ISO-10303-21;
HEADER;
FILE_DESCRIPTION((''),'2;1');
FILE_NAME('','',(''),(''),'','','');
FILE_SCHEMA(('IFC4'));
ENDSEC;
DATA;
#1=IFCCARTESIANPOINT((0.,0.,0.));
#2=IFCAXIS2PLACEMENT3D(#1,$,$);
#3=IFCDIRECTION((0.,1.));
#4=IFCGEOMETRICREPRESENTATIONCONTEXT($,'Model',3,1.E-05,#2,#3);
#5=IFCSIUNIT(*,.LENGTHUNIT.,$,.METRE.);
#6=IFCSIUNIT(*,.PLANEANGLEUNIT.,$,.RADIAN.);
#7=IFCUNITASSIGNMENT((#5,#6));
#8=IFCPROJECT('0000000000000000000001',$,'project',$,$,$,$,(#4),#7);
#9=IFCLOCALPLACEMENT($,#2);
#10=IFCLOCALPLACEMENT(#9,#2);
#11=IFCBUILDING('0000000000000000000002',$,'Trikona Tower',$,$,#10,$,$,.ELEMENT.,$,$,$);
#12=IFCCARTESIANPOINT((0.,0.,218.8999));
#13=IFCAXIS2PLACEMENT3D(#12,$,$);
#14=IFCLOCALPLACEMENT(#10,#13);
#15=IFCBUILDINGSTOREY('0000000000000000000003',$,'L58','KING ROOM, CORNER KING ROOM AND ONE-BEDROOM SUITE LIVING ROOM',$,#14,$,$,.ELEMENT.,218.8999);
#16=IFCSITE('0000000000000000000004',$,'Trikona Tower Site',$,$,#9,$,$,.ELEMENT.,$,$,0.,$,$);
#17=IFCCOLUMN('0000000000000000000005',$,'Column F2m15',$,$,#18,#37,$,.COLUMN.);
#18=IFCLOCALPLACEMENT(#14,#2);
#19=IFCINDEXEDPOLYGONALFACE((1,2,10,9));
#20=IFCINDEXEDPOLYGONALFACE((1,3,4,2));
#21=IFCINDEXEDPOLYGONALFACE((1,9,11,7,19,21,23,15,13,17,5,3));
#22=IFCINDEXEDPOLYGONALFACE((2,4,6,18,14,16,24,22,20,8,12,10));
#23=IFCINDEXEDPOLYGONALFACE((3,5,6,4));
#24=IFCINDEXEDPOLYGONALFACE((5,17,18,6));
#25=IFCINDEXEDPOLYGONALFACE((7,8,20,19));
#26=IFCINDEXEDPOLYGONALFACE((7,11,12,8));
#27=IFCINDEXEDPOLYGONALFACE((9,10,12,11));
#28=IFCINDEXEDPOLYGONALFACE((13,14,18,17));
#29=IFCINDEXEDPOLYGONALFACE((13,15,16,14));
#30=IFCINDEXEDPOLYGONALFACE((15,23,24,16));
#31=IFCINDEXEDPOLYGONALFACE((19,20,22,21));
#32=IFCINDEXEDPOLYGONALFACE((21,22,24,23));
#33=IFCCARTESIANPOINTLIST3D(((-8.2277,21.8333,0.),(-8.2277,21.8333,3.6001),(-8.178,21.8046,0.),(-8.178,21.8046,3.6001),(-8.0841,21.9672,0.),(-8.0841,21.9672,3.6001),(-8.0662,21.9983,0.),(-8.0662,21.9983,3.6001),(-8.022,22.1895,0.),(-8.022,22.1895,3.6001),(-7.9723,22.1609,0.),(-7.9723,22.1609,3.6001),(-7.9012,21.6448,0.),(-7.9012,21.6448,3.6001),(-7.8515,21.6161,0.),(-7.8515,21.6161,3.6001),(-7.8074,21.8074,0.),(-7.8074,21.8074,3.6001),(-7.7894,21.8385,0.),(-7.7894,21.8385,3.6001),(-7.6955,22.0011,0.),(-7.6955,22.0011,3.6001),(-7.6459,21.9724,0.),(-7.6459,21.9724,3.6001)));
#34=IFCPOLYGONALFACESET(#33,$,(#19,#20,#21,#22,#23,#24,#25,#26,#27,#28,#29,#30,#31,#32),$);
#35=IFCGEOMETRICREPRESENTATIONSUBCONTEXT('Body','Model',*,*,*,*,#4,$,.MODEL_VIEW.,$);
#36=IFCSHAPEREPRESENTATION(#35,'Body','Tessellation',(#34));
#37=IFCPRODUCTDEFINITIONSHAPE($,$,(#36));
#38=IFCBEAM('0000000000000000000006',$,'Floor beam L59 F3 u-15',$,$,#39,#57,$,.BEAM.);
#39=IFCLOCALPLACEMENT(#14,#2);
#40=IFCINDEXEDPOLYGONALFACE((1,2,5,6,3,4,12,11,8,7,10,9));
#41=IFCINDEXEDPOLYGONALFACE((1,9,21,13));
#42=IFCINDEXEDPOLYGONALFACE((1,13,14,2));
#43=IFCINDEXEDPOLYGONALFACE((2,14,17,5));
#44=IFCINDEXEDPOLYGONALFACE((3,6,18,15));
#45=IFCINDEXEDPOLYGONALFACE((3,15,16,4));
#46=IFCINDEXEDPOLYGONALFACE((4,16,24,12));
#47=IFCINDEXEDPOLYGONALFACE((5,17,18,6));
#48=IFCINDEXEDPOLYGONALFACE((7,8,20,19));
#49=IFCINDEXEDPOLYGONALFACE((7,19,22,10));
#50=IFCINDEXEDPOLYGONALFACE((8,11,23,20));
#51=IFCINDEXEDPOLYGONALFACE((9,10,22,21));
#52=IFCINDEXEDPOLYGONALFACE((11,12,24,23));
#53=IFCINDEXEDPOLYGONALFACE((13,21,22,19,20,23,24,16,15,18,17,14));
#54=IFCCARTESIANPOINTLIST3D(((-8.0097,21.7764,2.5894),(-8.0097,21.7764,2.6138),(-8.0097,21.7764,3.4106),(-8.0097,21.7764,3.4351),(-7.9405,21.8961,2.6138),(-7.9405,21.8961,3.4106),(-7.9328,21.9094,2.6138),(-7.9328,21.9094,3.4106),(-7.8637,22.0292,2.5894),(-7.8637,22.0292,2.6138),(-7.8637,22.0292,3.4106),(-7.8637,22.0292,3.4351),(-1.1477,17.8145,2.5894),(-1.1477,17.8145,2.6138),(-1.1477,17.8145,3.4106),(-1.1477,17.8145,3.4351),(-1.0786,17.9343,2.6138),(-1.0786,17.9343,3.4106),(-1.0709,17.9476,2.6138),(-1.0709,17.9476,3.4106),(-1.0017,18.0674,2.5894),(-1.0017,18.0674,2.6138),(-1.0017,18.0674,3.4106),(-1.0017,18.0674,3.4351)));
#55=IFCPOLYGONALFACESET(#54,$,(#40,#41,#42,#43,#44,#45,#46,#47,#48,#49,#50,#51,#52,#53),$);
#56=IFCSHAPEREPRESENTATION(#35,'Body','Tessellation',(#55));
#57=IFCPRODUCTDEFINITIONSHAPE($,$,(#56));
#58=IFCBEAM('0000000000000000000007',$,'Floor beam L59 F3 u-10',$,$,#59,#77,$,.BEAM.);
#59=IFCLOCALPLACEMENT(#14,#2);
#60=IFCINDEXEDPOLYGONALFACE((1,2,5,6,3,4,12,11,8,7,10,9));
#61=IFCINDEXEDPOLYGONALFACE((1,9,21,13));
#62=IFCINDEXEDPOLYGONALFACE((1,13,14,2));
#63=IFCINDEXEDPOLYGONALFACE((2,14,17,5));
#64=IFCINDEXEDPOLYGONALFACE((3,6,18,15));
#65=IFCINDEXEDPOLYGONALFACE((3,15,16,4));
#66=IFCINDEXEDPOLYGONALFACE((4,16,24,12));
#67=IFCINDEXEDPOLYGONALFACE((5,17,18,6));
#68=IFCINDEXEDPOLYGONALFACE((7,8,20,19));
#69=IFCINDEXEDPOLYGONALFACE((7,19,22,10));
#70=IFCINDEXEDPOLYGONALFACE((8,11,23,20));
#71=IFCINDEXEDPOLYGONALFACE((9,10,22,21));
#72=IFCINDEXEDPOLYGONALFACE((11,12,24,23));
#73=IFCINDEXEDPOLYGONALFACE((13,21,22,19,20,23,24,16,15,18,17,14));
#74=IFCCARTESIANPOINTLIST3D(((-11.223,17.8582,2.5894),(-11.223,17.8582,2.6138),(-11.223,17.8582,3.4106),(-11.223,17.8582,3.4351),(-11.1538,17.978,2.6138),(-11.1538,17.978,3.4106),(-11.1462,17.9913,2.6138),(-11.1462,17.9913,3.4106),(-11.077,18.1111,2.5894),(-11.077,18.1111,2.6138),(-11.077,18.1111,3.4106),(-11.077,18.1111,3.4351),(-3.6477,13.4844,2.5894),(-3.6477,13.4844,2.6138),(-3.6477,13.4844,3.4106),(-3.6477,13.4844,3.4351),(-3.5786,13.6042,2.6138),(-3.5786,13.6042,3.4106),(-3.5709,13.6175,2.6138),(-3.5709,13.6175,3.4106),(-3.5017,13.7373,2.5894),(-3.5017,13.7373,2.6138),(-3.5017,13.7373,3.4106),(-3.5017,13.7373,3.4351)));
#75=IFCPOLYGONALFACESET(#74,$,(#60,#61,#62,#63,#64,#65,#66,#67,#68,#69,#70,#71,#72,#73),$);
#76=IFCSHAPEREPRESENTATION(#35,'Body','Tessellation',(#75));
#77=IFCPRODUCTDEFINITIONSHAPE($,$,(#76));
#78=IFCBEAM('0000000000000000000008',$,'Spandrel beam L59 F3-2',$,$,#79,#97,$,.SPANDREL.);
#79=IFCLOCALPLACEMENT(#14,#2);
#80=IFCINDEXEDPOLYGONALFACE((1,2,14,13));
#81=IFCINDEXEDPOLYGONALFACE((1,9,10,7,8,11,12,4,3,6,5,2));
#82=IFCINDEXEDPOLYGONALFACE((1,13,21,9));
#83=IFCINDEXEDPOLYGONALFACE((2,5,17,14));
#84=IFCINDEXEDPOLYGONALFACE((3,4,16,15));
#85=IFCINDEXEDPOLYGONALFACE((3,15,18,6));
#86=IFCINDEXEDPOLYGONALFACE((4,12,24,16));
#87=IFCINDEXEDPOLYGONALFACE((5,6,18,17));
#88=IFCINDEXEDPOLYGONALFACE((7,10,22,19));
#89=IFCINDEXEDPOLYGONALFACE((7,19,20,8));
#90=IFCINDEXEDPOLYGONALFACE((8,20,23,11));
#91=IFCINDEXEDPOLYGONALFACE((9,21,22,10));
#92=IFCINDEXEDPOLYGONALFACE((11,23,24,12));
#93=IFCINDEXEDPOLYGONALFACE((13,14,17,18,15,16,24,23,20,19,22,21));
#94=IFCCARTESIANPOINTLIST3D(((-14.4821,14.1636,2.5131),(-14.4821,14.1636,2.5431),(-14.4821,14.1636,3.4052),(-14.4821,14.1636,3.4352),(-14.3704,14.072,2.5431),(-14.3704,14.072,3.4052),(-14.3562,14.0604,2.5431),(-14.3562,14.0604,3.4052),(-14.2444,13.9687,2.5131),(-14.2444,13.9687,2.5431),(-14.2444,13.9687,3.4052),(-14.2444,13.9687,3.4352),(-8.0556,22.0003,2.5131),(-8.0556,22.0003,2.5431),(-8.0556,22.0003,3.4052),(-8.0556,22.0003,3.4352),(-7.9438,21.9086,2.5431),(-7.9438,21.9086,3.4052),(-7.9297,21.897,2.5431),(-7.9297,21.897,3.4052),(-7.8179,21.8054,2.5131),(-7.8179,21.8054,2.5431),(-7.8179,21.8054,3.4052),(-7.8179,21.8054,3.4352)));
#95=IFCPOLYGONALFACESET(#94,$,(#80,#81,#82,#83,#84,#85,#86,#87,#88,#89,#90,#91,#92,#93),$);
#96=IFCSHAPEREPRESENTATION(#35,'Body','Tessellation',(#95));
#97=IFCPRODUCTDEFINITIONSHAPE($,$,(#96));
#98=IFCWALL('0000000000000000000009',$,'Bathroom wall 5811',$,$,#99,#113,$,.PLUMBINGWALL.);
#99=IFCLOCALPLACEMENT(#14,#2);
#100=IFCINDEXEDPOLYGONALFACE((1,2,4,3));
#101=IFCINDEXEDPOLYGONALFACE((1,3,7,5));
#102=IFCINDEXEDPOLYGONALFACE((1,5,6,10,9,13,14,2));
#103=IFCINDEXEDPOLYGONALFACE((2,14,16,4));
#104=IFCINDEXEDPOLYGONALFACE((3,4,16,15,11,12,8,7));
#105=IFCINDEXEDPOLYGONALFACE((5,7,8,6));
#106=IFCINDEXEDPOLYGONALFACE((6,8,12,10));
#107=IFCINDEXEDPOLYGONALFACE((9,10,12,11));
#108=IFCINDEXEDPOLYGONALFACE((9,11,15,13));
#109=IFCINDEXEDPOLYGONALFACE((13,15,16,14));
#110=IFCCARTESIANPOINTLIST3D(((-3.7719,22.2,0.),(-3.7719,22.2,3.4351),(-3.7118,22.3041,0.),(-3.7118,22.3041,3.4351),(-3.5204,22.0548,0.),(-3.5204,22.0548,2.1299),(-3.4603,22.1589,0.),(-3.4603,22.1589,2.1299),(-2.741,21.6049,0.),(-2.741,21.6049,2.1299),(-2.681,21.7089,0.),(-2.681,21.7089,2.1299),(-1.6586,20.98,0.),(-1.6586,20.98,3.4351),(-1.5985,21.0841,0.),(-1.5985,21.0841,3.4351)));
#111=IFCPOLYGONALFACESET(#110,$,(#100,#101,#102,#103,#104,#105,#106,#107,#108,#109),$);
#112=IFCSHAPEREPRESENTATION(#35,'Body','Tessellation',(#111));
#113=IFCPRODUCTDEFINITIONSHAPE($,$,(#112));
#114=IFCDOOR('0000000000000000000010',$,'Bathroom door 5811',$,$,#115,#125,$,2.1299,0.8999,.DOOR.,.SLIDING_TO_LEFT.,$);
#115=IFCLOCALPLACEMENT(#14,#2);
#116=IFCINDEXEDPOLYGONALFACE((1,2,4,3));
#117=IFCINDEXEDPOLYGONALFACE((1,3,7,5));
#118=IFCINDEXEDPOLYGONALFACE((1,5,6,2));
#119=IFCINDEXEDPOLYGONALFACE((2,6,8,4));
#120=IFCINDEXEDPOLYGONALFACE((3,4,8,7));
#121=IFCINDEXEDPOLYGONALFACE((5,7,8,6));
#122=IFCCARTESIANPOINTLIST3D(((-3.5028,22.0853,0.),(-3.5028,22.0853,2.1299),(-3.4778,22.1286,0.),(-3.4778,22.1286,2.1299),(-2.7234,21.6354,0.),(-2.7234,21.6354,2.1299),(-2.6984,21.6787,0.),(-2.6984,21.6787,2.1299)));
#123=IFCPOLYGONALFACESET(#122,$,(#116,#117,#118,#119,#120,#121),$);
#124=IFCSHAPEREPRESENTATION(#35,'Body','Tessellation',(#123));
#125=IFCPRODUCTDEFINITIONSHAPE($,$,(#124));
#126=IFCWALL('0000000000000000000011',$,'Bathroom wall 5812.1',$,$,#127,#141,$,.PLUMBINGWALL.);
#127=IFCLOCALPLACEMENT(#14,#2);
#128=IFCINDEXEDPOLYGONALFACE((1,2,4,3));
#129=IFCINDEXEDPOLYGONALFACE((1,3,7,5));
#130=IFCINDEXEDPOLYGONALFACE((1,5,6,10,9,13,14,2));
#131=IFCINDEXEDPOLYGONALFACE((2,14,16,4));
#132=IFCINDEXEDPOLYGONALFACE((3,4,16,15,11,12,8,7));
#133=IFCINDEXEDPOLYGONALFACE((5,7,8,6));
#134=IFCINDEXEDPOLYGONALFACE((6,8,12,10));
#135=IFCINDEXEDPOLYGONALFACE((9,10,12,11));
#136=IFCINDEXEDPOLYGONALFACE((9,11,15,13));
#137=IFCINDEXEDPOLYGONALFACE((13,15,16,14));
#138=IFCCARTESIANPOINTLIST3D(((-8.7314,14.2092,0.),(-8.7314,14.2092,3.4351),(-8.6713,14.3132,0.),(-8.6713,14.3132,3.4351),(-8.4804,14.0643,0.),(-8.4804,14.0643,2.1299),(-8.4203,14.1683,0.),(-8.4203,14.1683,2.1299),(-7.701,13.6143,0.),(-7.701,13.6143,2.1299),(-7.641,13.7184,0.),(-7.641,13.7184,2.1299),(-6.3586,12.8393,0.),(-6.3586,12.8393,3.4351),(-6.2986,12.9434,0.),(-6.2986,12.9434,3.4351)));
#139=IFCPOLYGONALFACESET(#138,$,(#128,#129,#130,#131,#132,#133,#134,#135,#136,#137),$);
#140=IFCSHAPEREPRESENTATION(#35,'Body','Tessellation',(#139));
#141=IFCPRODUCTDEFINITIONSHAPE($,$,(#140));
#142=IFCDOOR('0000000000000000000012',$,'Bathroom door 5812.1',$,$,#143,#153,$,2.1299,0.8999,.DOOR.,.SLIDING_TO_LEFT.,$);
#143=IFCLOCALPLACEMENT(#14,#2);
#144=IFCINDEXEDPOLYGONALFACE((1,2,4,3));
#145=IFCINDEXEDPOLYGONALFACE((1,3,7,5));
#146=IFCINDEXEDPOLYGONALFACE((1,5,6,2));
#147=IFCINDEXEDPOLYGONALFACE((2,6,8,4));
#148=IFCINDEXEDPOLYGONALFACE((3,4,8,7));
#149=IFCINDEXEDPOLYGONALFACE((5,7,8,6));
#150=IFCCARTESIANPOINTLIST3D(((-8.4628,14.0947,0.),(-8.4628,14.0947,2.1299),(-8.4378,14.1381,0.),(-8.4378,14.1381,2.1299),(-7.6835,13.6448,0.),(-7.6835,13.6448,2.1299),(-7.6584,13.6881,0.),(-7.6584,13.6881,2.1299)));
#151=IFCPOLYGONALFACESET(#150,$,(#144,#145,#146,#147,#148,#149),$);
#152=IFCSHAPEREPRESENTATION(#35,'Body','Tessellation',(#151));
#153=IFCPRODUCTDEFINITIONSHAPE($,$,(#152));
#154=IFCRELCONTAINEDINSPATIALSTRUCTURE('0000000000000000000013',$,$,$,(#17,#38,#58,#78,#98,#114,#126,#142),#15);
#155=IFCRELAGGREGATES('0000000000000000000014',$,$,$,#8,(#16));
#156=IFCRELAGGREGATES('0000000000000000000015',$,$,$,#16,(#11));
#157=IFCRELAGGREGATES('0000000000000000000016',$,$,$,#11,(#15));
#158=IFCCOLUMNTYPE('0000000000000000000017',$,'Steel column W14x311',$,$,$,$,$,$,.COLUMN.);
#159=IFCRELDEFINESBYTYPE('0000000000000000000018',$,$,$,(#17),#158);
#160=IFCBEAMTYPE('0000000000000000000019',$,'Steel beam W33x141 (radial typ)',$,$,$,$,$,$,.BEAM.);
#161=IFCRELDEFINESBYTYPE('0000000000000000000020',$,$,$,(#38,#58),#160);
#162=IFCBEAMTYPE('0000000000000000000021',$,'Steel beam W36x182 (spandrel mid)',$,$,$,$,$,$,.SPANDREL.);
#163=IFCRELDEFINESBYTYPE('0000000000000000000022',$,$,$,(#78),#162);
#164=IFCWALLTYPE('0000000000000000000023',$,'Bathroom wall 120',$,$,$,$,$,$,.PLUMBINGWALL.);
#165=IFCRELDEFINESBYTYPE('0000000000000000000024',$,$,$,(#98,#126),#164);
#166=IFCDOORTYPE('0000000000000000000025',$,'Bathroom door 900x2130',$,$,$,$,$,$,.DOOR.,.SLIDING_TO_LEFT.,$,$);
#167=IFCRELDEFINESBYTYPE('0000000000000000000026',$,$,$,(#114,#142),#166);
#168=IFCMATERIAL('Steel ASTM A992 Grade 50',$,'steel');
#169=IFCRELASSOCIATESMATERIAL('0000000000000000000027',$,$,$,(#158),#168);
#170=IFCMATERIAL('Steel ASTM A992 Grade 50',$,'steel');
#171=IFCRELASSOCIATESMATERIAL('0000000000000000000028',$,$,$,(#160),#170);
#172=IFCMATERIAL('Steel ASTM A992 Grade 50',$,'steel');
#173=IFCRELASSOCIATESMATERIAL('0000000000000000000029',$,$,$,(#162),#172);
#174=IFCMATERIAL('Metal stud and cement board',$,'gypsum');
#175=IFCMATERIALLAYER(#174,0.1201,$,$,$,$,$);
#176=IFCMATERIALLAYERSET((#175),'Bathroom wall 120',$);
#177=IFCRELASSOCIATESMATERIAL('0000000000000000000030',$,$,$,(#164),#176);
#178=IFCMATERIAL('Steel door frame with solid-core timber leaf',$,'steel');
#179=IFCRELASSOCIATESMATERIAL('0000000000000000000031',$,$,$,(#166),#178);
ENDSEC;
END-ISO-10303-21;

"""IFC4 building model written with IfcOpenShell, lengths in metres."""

from ifc_helpers import new_model, si_unit, direction, frame, frame_2d, origin, origin_2d, place, context, subcontext, project, spatial, rectangle, i_section, extrude, material, layer, layer_set, material_profile, profile_set, type_object, element, fill, save


model = new_model("IFC4")

# Units and contexts
model_context = context("Model", 3, precision=1e-05, world=origin(), true_north=direction((0.0, 1.0)))
body_context = subcontext(model_context, "Body", "Model", "MODEL_VIEW")
ifc_project = project(units=[si_unit("LENGTHUNIT", "METRE"), si_unit("PLANEANGLEUNIT", "RADIAN")], contexts=[model_context])

# Site, building, storey
site_placement = place(None, origin())
site = spatial("IfcSite", under=ifc_project, at=site_placement, Name="Trikona Tower Site", CompositionType="ELEMENT", RefElevation=0.0)
building_placement = place(site_placement, origin())
building = spatial("IfcBuilding", under=site, at=building_placement, Name="Trikona Tower", CompositionType="ELEMENT")
storey_placement = place(building_placement, frame((0.0, 0.0, 218.8999)))
storey = spatial("IfcBuildingStorey", under=building, at=storey_placement, Name="L58", Description="KING ROOM, CORNER KING ROOM AND ONE-BEDROOM SUITE LIVING ROOM", CompositionType="ELEMENT", Elevation=218.8999)

# Column
ifc_material_1 = material(Name="Steel ASTM A992 Grade 50", Category="steel")
ifc_material_profile_1 = material_profile(ifc_material_1, i_section(OverallWidth=0.4114, OverallDepth=0.4343, WebThickness=0.0359, FlangeThickness=0.0574, at=origin_2d()), Name="W14X311")
ifc_profile_set_1 = profile_set([ifc_material_profile_1], Name="Steel ASTM A992 Grade 50")
column_type = type_object("IfcColumnType", Name="Steel column W14x311", PredefinedType="COLUMN", material=ifc_profile_set_1)
column_placement = place(storey_placement, frame((-7.9368, 21.9028, 0.0), z_axis=(0.0, 0.0, 1.0), x_axis=(-0.5, -0.866025, 0.0)))
element("IfcColumn", 1, at=column_placement, inside=storey, type_object=column_type, Name="Column F2m15", PredefinedType="COLUMN", context=body_context, shape_type="SweptSolid", body=[
    extrude(i_section(OverallWidth=0.4114, OverallDepth=0.4343, WebThickness=0.0359, FlangeThickness=0.0574, at=origin_2d()), origin(), (0.0, 0.0, 1.0), 3.6001),
])

# Beams
ifc_material_2 = material(Name="Steel ASTM A992 Grade 50", Category="steel")
ifc_material_profile_2 = material_profile(ifc_material_2, i_section(OverallWidth=0.292, OverallDepth=0.8457, WebThickness=0.0154, FlangeThickness=0.0244, at=origin_2d()), Name="W33X141")
ifc_profile_set_2 = profile_set([ifc_material_profile_2], Name="Steel ASTM A992 Grade 50")
beam_type_1 = type_object("IfcBeamType", Name="Steel beam W33x141 (radial typ)", PredefinedType="BEAM", material=ifc_profile_set_2)
beam_1_placement = place(storey_placement, frame((-1.0747, 17.9409, 3.0122), z_axis=(-0.86602, 0.50001, 0.0), x_axis=(-0.50001, -0.86602, 0.0)))
element("IfcBeam", 2, at=beam_1_placement, inside=storey, type_object=beam_type_1, Name="Floor beam L59 F3 u-15", PredefinedType="BEAM", context=body_context, shape_type="SweptSolid", body=[
    extrude(i_section(OverallWidth=0.292, OverallDepth=0.8457, WebThickness=0.0154, FlangeThickness=0.0244, at=origin_2d()), origin(), (0.0, 0.0, 1.0), 7.9236),
])
beam_2_placement = place(storey_placement, frame((-3.5747, 13.6108, 3.0122), z_axis=(-0.866014, 0.50002, 0.0), x_axis=(-0.50002, -0.866014, 0.0)))
element("IfcBeam", 3, at=beam_2_placement, inside=storey, type_object=beam_type_1, Name="Floor beam L59 F3 u-10", PredefinedType="BEAM", context=body_context, shape_type="SweptSolid", body=[
    extrude(i_section(OverallWidth=0.292, OverallDepth=0.8457, WebThickness=0.0154, FlangeThickness=0.0244, at=origin_2d()), origin(), (0.0, 0.0, 1.0), 8.7473),
])
ifc_material_3 = material(Name="Steel ASTM A992 Grade 50", Category="steel")
ifc_material_profile_3 = material_profile(ifc_material_3, i_section(OverallWidth=0.3074, OverallDepth=0.9221, WebThickness=0.0183, FlangeThickness=0.03, at=origin_2d()), Name="W36X182")
ifc_profile_set_3 = profile_set([ifc_material_profile_3], Name="Steel ASTM A992 Grade 50")
beam_type_2 = type_object("IfcBeamType", Name="Steel beam W36x182 (spandrel mid)", PredefinedType="SPANDREL", material=ifc_profile_set_3)
beam_3_placement = place(storey_placement, frame((-7.9368, 21.9028, 2.9741), z_axis=(-0.634106, -0.773246, 0.0), x_axis=(0.773246, -0.634106, 0.0)))
element("IfcBeam", 4, at=beam_3_placement, inside=storey, type_object=beam_type_2, Name="Spandrel beam L59 F3-2", PredefinedType="SPANDREL", context=body_context, shape_type="SweptSolid", body=[
    extrude(i_section(OverallWidth=0.3074, OverallDepth=0.9221, WebThickness=0.0183, FlangeThickness=0.03, at=origin_2d()), origin(), (0.0, 0.0, 1.0), 10.1348),
])

# Walls, openings, doors
ifc_material_4 = material(Name="Metal stud and cement board", Category="gypsum")
ifc_layer_1 = layer(ifc_material_4, 0.1201)
ifc_layer_set_1 = layer_set([ifc_layer_1], Name="Bathroom wall 120")
wall_type_1 = type_object("IfcWallType", Name="Bathroom wall 120", PredefinedType="PLUMBINGWALL", material=ifc_layer_set_1)
wall_1_placement = place(storey_placement, frame((-1.6284, 21.032, 0.0), z_axis=(0.0, 0.0, 1.0), x_axis=(-0.866049, 0.499959, 0.0)))
wall_1 = element("IfcWall", 5, at=wall_1_placement, inside=storey, type_object=wall_type_1, Name="Bathroom wall 5811", PredefinedType="PLUMBINGWALL", context=body_context, shape_type="SweptSolid", body=[
    extrude(rectangle(XDim=2.4402, YDim=0.1201, at=frame_2d((1.2202, 0.0))), origin(), (0.0, 0.0, 1.0), 3.4351),
])
opening_1_placement = place(wall_1_placement, frame((1.25, 0.0, 0.0)))
opening_1 = element("IfcOpeningElement", 6, at=opening_1_placement, cuts=wall_1, PredefinedType="OPENING", context=body_context, shape_type="SweptSolid", body=[
    extrude(rectangle(XDim=0.8999, YDim=2.1299, at=frame_2d((0.45, 1.0649))), frame((0.0, 0.0701, 0.0), z_axis=(0.0, -1.0, 0.0), x_axis=(1.0, 0.0, 0.0)), (0.0, 0.0, 1.0), 0.1401),
])
ifc_material_5 = material(Name="Steel door frame with solid-core timber leaf", Category="steel")
door_type_1 = type_object("IfcDoorType", Name="Bathroom door 900x2130", OperationType="SLIDING_TO_LEFT", PredefinedType="DOOR", material=ifc_material_5)
door_1_placement = place(opening_1_placement, origin())
door_1 = element("IfcDoor", 7, at=door_1_placement, inside=storey, type_object=door_type_1, Name="Bathroom door 5811", OperationType="SLIDING_TO_LEFT", OverallHeight=2.1299, OverallWidth=0.8999, PredefinedType="DOOR", context=body_context, shape_type="SweptSolid", body=[
    extrude(rectangle(XDim=0.8999, YDim=2.1299, at=frame_2d((0.45, 1.0649))), frame((0.0, 0.0249, 0.0), z_axis=(0.0, -1.0, 0.0), x_axis=(1.0, 0.0, 0.0)), (0.0, 0.0, 1.0), 0.05),
])
fill(opening_1, door_1)
wall_2_placement = place(storey_placement, frame((-6.3286, 12.8914, 0.0), z_axis=(0.0, 0.0, 1.0), x_axis=(-0.866036, 0.499982, 0.0)))
wall_2 = element("IfcWall", 8, at=wall_2_placement, inside=storey, type_object=wall_type_1, Name="Bathroom wall 5812.1", PredefinedType="PLUMBINGWALL", context=body_context, shape_type="SweptSolid", body=[
    extrude(rectangle(XDim=2.7397, YDim=0.1201, at=frame_2d((1.3699, 0.0))), origin(), (0.0, 0.0, 1.0), 3.4351),
])
opening_2_placement = place(wall_2_placement, frame((1.55, 0.0, 0.0)))
opening_2 = element("IfcOpeningElement", 9, at=opening_2_placement, cuts=wall_2, PredefinedType="OPENING", context=body_context, shape_type="SweptSolid", body=[
    extrude(rectangle(XDim=0.8999, YDim=2.1299, at=frame_2d((0.45, 1.0649))), frame((0.0, 0.0701, 0.0), z_axis=(0.0, -1.0, 0.0), x_axis=(1.0, 0.0, 0.0)), (0.0, 0.0, 1.0), 0.1401),
])
door_2_placement = place(opening_2_placement, origin())
door_2 = element("IfcDoor", 10, at=door_2_placement, inside=storey, type_object=door_type_1, Name="Bathroom door 5812.1", OperationType="SLIDING_TO_LEFT", OverallHeight=2.1299, OverallWidth=0.8999, PredefinedType="DOOR", context=body_context, shape_type="SweptSolid", body=[
    extrude(rectangle(XDim=0.8999, YDim=2.1299, at=frame_2d((0.45, 1.0649))), frame((0.0, 0.0249, 0.0), z_axis=(0.0, -1.0, 0.0), x_axis=(1.0, 0.0, 0.0)), (0.0, 0.0, 1.0), 0.05),
])
fill(opening_2, door_2)

save(model, "model.ifc")
